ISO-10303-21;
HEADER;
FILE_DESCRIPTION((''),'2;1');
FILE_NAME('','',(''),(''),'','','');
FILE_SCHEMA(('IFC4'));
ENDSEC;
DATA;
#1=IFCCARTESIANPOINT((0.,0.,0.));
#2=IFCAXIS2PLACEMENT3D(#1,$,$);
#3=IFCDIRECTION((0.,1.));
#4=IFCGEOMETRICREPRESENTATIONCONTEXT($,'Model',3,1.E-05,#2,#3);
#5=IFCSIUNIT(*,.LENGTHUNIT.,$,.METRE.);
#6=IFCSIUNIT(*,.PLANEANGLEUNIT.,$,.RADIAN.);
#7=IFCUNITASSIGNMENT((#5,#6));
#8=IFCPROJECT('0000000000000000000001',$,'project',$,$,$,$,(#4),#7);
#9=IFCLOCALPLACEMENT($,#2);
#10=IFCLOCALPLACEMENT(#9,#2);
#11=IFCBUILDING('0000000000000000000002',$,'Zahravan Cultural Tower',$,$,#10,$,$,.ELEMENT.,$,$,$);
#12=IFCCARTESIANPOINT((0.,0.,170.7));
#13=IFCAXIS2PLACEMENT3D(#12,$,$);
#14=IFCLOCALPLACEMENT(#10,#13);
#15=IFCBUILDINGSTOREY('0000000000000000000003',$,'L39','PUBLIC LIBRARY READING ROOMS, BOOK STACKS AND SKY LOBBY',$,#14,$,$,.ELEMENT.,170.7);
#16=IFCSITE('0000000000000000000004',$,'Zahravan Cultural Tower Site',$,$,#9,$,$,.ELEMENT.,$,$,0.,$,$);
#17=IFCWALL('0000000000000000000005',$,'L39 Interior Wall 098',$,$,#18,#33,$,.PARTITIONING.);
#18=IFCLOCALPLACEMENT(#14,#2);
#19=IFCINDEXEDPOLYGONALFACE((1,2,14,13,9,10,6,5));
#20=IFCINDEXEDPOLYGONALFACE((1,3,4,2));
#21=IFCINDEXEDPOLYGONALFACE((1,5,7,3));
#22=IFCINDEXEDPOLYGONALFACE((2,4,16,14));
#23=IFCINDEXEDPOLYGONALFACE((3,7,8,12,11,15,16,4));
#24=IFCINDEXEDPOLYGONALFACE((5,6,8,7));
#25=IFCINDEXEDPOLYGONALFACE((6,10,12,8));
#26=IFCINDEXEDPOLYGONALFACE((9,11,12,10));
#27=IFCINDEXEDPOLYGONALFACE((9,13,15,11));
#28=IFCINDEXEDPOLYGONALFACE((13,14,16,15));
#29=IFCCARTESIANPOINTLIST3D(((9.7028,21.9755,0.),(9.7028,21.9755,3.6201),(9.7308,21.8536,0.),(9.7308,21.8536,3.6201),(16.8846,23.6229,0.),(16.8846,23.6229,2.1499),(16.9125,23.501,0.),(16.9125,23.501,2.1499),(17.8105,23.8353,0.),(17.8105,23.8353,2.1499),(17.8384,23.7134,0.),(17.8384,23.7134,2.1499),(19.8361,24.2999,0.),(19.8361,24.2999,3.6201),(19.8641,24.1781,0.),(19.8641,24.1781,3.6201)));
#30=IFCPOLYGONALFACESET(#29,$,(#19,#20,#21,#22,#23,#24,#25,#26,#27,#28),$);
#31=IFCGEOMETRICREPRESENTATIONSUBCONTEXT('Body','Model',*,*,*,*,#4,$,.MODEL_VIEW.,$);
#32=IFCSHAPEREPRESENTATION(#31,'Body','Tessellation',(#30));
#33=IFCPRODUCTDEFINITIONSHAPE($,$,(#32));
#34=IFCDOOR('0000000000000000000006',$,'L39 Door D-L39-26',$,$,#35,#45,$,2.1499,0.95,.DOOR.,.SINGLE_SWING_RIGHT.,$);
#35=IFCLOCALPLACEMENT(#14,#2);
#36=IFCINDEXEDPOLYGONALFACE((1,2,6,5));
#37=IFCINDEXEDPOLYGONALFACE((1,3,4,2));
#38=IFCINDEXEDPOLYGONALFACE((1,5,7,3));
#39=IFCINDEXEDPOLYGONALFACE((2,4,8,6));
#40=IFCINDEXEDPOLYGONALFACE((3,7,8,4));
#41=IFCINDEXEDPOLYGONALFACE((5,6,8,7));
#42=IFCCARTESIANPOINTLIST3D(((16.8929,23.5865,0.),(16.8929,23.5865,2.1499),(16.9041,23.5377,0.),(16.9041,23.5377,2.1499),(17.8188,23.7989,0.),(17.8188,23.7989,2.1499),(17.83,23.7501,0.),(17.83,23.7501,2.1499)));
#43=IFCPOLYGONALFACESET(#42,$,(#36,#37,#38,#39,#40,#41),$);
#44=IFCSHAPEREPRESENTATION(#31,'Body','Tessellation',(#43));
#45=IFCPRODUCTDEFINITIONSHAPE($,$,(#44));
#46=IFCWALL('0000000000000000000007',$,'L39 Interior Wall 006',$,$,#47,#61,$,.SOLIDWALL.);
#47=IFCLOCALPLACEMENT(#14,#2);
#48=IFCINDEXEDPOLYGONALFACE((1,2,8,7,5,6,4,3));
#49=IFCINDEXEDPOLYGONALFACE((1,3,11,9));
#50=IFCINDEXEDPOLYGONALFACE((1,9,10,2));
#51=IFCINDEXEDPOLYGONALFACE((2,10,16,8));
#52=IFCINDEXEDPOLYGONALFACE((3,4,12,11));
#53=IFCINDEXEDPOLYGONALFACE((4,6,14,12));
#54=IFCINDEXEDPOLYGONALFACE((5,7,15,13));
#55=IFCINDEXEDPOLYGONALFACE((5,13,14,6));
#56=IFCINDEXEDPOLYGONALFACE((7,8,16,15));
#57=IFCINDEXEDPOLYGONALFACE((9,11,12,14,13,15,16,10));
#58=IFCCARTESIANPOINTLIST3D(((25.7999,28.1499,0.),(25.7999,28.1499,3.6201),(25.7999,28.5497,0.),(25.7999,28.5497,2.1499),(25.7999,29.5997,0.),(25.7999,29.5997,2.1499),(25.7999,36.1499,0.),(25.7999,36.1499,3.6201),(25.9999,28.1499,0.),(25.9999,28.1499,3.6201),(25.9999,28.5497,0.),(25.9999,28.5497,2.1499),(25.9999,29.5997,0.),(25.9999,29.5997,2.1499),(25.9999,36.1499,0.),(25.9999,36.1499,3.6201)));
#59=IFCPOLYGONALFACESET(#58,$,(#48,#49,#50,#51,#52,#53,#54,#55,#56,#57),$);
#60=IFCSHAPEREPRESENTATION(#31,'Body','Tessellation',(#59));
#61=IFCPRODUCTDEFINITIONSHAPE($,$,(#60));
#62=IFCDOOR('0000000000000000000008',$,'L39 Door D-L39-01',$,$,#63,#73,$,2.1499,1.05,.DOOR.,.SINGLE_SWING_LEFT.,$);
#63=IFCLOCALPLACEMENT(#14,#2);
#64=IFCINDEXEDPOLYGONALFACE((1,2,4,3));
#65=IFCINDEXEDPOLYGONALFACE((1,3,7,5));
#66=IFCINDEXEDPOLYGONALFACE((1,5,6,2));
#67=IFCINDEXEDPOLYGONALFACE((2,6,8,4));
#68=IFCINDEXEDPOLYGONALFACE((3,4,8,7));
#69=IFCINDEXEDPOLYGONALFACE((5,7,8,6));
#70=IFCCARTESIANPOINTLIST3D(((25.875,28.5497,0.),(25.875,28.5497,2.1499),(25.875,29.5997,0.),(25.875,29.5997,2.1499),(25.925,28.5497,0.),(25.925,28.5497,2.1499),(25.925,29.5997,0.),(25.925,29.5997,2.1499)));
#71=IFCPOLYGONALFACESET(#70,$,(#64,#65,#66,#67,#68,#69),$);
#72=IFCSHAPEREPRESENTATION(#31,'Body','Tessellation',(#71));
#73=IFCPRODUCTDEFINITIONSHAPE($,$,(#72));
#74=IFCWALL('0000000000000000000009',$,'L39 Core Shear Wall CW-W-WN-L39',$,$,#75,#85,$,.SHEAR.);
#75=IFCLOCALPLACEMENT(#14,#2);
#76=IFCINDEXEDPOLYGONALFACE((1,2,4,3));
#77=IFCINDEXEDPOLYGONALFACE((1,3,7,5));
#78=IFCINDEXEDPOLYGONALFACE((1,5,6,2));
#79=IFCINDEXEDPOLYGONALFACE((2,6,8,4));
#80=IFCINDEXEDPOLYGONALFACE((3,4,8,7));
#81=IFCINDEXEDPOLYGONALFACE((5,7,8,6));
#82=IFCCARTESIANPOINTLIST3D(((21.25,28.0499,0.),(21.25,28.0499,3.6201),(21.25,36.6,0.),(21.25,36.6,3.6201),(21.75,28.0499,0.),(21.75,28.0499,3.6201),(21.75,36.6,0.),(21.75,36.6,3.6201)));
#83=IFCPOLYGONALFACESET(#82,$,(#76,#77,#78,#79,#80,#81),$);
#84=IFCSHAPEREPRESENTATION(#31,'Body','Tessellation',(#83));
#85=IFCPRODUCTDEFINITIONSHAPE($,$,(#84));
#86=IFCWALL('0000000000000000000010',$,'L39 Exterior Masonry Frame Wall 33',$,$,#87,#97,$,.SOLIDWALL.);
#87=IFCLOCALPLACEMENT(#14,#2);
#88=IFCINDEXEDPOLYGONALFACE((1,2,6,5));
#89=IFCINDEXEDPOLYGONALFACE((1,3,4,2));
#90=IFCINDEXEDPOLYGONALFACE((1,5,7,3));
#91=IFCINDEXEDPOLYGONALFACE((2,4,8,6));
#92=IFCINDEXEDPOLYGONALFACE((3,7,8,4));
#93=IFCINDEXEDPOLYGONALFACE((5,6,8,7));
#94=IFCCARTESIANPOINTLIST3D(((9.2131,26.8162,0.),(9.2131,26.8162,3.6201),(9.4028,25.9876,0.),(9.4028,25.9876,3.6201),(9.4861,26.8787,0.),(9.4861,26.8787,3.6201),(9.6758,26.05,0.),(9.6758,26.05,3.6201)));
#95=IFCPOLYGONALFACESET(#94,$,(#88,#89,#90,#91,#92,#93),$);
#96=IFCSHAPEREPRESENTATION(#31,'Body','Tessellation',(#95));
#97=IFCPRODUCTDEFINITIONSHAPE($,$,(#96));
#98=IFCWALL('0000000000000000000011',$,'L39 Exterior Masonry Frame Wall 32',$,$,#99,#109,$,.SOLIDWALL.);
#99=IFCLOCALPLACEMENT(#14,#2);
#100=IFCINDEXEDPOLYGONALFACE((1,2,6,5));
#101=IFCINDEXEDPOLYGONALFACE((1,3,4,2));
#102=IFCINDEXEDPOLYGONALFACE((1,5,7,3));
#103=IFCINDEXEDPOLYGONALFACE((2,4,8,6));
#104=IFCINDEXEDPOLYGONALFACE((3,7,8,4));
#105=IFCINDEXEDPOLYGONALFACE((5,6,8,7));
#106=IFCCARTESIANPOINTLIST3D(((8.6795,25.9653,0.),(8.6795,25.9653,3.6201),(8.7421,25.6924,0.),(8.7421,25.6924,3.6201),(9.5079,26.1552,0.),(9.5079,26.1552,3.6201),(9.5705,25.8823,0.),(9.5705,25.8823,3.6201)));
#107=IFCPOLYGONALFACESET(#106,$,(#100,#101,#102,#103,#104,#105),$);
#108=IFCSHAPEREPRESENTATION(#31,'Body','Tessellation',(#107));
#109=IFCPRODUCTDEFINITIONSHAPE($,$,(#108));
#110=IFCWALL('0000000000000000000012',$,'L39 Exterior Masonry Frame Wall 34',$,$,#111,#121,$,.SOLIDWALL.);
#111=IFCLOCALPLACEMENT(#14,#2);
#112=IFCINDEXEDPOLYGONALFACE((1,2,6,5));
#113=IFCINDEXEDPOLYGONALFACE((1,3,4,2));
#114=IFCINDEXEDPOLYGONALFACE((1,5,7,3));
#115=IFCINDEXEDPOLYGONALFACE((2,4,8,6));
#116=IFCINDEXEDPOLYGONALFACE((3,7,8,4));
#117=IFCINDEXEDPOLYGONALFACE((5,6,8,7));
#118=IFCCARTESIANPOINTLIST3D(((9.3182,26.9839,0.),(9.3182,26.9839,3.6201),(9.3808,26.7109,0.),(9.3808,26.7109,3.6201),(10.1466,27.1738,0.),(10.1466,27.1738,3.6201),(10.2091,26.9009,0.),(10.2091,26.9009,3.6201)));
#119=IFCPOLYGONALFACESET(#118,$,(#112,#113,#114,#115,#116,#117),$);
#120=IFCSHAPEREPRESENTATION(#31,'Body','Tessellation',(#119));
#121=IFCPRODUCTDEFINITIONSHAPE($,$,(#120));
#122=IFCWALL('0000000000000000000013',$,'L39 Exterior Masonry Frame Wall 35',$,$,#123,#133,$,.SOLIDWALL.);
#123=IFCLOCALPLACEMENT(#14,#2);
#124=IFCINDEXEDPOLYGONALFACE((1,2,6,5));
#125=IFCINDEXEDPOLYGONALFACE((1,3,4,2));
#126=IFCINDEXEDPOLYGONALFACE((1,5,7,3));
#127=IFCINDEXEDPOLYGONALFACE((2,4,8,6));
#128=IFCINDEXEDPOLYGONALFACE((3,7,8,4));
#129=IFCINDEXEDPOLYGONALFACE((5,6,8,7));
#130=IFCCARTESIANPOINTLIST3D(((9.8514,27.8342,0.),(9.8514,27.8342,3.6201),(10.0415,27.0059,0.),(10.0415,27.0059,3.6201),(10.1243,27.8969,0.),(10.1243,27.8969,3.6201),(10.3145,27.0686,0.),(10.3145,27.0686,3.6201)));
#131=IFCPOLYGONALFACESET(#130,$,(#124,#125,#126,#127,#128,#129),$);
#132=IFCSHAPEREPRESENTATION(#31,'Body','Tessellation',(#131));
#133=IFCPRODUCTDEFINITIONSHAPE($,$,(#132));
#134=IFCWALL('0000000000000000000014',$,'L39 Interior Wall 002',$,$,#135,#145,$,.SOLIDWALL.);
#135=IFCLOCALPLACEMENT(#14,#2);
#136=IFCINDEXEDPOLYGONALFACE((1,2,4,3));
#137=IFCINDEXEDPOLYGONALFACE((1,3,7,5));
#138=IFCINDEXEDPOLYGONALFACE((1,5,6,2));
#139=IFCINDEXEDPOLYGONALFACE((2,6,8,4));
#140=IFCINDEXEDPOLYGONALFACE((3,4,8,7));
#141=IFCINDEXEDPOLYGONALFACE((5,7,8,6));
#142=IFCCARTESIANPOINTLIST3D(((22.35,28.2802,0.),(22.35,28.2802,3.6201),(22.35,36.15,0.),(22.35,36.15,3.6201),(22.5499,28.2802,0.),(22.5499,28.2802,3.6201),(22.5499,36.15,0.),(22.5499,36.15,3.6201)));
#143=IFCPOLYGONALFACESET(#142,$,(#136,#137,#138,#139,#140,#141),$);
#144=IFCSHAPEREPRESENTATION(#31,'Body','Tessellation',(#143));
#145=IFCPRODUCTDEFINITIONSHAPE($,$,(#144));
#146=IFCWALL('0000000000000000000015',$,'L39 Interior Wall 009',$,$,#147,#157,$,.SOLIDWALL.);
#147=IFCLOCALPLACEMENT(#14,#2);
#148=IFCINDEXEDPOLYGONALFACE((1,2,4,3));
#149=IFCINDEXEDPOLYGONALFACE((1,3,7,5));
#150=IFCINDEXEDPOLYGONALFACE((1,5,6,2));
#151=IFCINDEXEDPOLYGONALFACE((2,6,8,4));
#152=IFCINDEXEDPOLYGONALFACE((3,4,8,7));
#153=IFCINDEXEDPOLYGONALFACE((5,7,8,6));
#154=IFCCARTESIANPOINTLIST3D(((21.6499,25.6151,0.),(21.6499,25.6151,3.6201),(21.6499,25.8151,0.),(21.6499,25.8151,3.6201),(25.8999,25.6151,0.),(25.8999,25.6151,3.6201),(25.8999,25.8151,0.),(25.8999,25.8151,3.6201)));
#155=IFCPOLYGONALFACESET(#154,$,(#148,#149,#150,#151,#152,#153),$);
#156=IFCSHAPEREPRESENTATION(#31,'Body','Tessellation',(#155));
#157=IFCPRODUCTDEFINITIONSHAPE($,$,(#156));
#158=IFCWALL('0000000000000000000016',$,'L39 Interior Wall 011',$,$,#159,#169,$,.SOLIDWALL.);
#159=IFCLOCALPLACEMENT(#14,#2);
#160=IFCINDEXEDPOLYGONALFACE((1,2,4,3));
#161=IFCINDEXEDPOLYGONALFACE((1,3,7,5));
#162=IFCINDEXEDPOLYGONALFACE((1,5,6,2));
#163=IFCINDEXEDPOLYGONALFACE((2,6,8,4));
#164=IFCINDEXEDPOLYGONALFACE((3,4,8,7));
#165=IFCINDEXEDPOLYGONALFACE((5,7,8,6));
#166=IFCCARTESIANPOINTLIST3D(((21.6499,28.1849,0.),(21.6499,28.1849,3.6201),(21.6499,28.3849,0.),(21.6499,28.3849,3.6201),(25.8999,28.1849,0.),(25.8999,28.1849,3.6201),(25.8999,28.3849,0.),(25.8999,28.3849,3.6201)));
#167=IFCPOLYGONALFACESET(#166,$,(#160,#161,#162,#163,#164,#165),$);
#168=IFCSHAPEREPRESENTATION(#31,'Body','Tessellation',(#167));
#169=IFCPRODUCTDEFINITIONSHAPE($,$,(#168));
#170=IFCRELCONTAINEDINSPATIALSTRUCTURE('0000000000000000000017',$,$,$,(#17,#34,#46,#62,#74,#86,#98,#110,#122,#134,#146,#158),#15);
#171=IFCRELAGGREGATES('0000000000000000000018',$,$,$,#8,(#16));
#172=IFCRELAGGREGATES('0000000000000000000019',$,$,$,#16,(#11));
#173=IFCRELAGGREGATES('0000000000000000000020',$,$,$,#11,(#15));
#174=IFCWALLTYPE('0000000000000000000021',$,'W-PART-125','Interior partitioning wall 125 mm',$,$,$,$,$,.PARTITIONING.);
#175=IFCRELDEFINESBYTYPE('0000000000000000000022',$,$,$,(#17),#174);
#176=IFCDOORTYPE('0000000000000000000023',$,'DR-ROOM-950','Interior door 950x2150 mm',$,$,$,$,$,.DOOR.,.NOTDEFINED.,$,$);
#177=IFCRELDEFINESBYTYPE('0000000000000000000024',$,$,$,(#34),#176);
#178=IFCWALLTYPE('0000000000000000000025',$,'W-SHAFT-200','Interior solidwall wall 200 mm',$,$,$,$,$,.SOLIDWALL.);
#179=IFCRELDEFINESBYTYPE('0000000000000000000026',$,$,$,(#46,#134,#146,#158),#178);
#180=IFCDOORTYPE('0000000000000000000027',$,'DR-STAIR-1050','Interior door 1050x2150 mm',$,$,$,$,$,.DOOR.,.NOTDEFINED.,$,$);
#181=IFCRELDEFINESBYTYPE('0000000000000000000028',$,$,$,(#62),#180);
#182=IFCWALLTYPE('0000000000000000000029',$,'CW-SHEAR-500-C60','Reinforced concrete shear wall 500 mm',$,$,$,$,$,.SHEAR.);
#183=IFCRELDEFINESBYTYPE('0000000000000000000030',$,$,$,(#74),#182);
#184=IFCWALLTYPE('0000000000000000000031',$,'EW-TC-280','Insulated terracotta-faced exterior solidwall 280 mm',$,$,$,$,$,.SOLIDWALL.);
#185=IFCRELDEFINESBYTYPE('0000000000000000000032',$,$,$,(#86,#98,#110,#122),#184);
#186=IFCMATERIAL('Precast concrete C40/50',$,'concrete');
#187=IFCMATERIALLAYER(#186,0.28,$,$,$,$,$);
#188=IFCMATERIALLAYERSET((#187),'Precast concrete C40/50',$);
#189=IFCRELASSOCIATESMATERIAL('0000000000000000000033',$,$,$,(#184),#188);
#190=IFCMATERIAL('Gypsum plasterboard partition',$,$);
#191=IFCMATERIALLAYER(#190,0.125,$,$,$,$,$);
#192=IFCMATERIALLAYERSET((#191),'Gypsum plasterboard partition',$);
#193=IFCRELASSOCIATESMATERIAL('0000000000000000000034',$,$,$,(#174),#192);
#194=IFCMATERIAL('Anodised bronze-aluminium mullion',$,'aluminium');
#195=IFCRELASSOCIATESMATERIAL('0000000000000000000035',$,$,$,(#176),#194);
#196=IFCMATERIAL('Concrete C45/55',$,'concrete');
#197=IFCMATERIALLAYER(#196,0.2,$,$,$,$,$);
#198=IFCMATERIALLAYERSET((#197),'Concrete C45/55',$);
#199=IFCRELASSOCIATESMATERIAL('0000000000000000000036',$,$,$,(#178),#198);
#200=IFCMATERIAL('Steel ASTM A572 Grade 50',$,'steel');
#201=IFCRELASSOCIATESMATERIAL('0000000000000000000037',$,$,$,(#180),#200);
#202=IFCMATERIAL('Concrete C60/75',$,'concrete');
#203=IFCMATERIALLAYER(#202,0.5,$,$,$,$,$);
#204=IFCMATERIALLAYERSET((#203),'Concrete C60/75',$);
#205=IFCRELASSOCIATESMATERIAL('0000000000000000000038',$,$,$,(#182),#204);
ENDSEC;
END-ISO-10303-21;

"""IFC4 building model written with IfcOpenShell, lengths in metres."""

from ifc_helpers import new_model, si_unit, direction, frame, frame_2d, origin, place, context, subcontext, project, spatial, rectangle, extrude, source, transform, mapped, material, layer, layer_set, type_object, element, fill, save


model = new_model("IFC4")

# Units and contexts
model_context = context("Model", 3, precision=1e-05, world=origin(), true_north=direction((0.0, 1.0)))
body_context = subcontext(model_context, "Body", "Model", "MODEL_VIEW")
ifc_project = project(units=[si_unit("LENGTHUNIT", "METRE"), si_unit("PLANEANGLEUNIT", "RADIAN")], contexts=[model_context])

# Site, building, storey
site_placement = place(None, origin())
site = spatial("IfcSite", under=ifc_project, at=site_placement, Name="Zahravan Cultural Tower Site", CompositionType="ELEMENT", RefElevation=0.0)
building_placement = place(site_placement, origin())
building = spatial("IfcBuilding", under=site, at=building_placement, Name="Zahravan Cultural Tower", CompositionType="ELEMENT")
storey_placement = place(building_placement, frame((0.0, 0.0, 170.7)))
storey = spatial("IfcBuildingStorey", under=building, at=storey_placement, Name="L39", Description="PUBLIC LIBRARY READING ROOMS, BOOK STACKS AND SKY LOBBY", CompositionType="ELEMENT", Elevation=170.7)

# Shared definitions
ifc_material_1 = material(Name="Anodised bronze-aluminium mullion", Category="aluminium")

# Shared definitions
ifc_material_2 = material(Name="Precast concrete C40/50", Category="concrete")
ifc_layer_1 = layer(ifc_material_2, 0.28)
ifc_layer_set_1 = layer_set([ifc_layer_1], Name="Precast concrete C40/50")
wall_type_1 = type_object("IfcWallType", Name="EW-TC-280", Description="Insulated terracotta-faced exterior solidwall 280 mm", PredefinedType="SOLIDWALL", material=ifc_layer_set_1)

# Walls, openings, doors
ifc_material_3 = material(Name="Gypsum plasterboard partition")
ifc_layer_2 = layer(ifc_material_3, 0.125)
ifc_layer_set_2 = layer_set([ifc_layer_2], Name="Gypsum plasterboard partition")
wall_type_2 = type_object("IfcWallType", Name="W-PART-125", Description="Interior partitioning wall 125 mm", PredefinedType="PARTITIONING", material=ifc_layer_set_2)
wall_1_placement = place(storey_placement, frame((19.8501, 24.239, 0.0), z_axis=(0.0, 0.0, 1.0), x_axis=(-0.974685, -0.223582, 0.0)))
wall_1 = element("IfcWall", 1, at=wall_1_placement, inside=storey, type_object=wall_type_2, Name="L39 Interior Wall 098", PredefinedType="PARTITIONING", context=body_context, shape_type="SweptSolid", body=[
    extrude(rectangle(XDim=10.3965, YDim=0.125, at=frame_2d((5.1982, 0.0))), origin(), (0.0, 0.0, 1.0), 3.6201),
])
opening_1_placement = place(wall_1_placement, frame((2.0781, 0.0, 0.0)))
opening_1 = element("IfcOpeningElement", 2, at=opening_1_placement, cuts=wall_1, PredefinedType="OPENING", context=body_context, shape_type="SweptSolid", body=[
    extrude(rectangle(XDim=0.95, YDim=2.1499, at=frame_2d((0.4751, 1.075))), frame((0.0, 0.0725, 0.0), z_axis=(0.0, -1.0, 0.0), x_axis=(1.0, 0.0, 0.0)), (0.0, 0.0, 1.0), 0.145),
])
door_type_1 = type_object("IfcDoorType", Name="DR-ROOM-950", Description="Interior door 950x2150 mm", OperationType="NOTDEFINED", PredefinedType="DOOR", material=ifc_material_1)
shared_shape_1 = source(origin(), body_context, "Body", "SweptSolid", [
    extrude(rectangle(XDim=0.95, YDim=2.1499, at=frame_2d((0.4751, 1.075))), frame((0.0, 0.0249, 0.0), z_axis=(0.0, -1.0, 0.0), x_axis=(1.0, 0.0, 0.0)), (0.0, 0.0, 1.0), 0.05),
])
door_1_placement = place(opening_1_placement, origin())
door_1 = element("IfcDoor", 3, at=door_1_placement, inside=storey, type_object=door_type_1, Name="L39 Door D-L39-26", OperationType="SINGLE_SWING_RIGHT", OverallHeight=2.1499, OverallWidth=0.95, PredefinedType="DOOR", context=body_context, shape_type="MappedRepresentation", body=[
    mapped(shared_shape_1, transform((0.0, 0.0, 0.0), x_axis=(1.0, 0.0, 0.0), y_axis=(0.0, 1.0, 0.0), z_axis=(0.0, 0.0, 1.0), scale=1.0)),
])
fill(opening_1, door_1)
ifc_material_4 = material(Name="Concrete C45/55", Category="concrete")
ifc_layer_3 = layer(ifc_material_4, 0.2)
ifc_layer_set_3 = layer_set([ifc_layer_3], Name="Concrete C45/55")
wall_type_3 = type_object("IfcWallType", Name="W-SHAFT-200", Description="Interior solidwall wall 200 mm", PredefinedType="SOLIDWALL", material=ifc_layer_set_3)
wall_2_placement = place(storey_placement, frame((25.8999, 28.1499, 0.0), z_axis=(0.0, 0.0, 1.0), x_axis=(0.0, 1.0, 0.0)))
wall_2 = element("IfcWall", 4, at=wall_2_placement, inside=storey, type_object=wall_type_3, Name="L39 Interior Wall 006", PredefinedType="SOLIDWALL", context=body_context, shape_type="SweptSolid", body=[
    extrude(rectangle(XDim=8.0, YDim=0.2, at=frame_2d((4.0, 0.0))), origin(), (0.0, 0.0, 1.0), 3.6201),
])
opening_2_placement = place(wall_2_placement, frame((0.3999, 0.0, 0.0)))
opening_2 = element("IfcOpeningElement", 5, at=opening_2_placement, cuts=wall_2, PredefinedType="OPENING", context=body_context, shape_type="SweptSolid", body=[
    extrude(rectangle(XDim=1.05, YDim=2.1499, at=frame_2d((0.5249, 1.075))), frame((0.0, 0.1099, 0.0), z_axis=(0.0, -1.0, 0.0), x_axis=(1.0, 0.0, 0.0)), (0.0, 0.0, 1.0), 0.22),
])
ifc_material_5 = material(Name="Steel ASTM A572 Grade 50", Category="steel")
door_type_2 = type_object("IfcDoorType", Name="DR-STAIR-1050", Description="Interior door 1050x2150 mm", OperationType="NOTDEFINED", PredefinedType="DOOR", material=ifc_material_5)
shared_shape_2 = source(origin(), body_context, "Body", "SweptSolid", [
    extrude(rectangle(XDim=1.05, YDim=2.1499, at=frame_2d((0.5249, 1.075))), frame((0.0, 0.0249, 0.0), z_axis=(0.0, -1.0, 0.0), x_axis=(1.0, 0.0, 0.0)), (0.0, 0.0, 1.0), 0.05),
])
door_2_placement = place(opening_2_placement, origin())
door_2 = element("IfcDoor", 6, at=door_2_placement, inside=storey, type_object=door_type_2, Name="L39 Door D-L39-01", OperationType="SINGLE_SWING_LEFT", OverallHeight=2.1499, OverallWidth=1.05, PredefinedType="DOOR", context=body_context, shape_type="MappedRepresentation", body=[
    mapped(shared_shape_2, transform((0.0, 0.0, 0.0), x_axis=(1.0, 0.0, 0.0), y_axis=(0.0, 1.0, 0.0), z_axis=(0.0, 0.0, 1.0), scale=1.0)),
])
fill(opening_2, door_2)

# Walls
ifc_material_6 = material(Name="Concrete C60/75", Category="concrete")
ifc_layer_4 = layer(ifc_material_6, 0.5)
ifc_layer_set_4 = layer_set([ifc_layer_4], Name="Concrete C60/75")
wall_type_4 = type_object("IfcWallType", Name="CW-SHEAR-500-C60", Description="Reinforced concrete shear wall 500 mm", PredefinedType="SHEAR", material=ifc_layer_set_4)
shared_shape_3 = source(origin(), body_context, "Body", "SweptSolid", [
    extrude(rectangle(XDim=8.55, YDim=0.5, at=frame_2d((4.2749, 0.0))), origin(), (0.0, 0.0, 1.0), 3.6201),
])
wall_3_placement = place(storey_placement, frame((21.5, 28.05, 0.0), z_axis=(0.0, 0.0, 1.0), x_axis=(0.0, 1.0, 0.0)))
element("IfcWall", 7, at=wall_3_placement, inside=storey, type_object=wall_type_4, Name="L39 Core Shear Wall CW-W-WN-L39", PredefinedType="SHEAR", context=body_context, shape_type="MappedRepresentation", body=[
    mapped(shared_shape_3, transform((0.0, 0.0, 0.0), x_axis=(1.0, 0.0, 0.0), y_axis=(0.0, 1.0, 0.0), z_axis=(0.0, 0.0, 1.0), scale=1.0)),
])
shared_shape_4 = source(origin(), body_context, "Body", "SweptSolid", [
    extrude(rectangle(XDim=0.8501, YDim=0.28, at=frame_2d((0.425, 0.0))), origin(), (0.0, 0.0, 1.0), 3.6201),
])
wall_4_placement = place(storey_placement, frame((9.5393, 26.0188, 0.0), z_axis=(0.0, 0.0, 1.0), x_axis=(-0.22316, 0.974782, 0.0)))
element("IfcWall", 8, at=wall_4_placement, inside=storey, type_object=wall_type_1, Name="L39 Exterior Masonry Frame Wall 33", PredefinedType="SOLIDWALL", context=body_context, shape_type="MappedRepresentation", body=[
    mapped(shared_shape_4, transform((0.0, 0.0, 0.0), x_axis=(1.0, 0.0, 0.0), y_axis=(0.0, 1.0, 0.0), z_axis=(0.0, 0.0, 1.0), scale=1.0)),
])
shared_shape_5 = source(origin(), body_context, "Body", "SweptSolid", [
    extrude(rectangle(XDim=0.8499, YDim=0.28, at=frame_2d((0.4248, 0.0))), origin(), (0.0, 0.0, 1.0), 3.6201),
])
for number, where, z_axis, x_axis, name in (
    (9, (8.7109, 25.8289, 0.0), (0.0, 0.0, 1.0), (0.974705, 0.223496, 0.0), "L39 Exterior Masonry Frame Wall 32"),
    (10, (9.3496, 26.8474, 0.0), (0.0, 0.0, 1.0), (0.974705, 0.223496, 0.0), "L39 Exterior Masonry Frame Wall 34"),
    (11, (10.178, 27.0374, 0.0), (0.0, 0.0, 1.0), (-0.223768, 0.974642, 0.0), "L39 Exterior Masonry Frame Wall 35"),
):
    element("IfcWall", number, at=place(storey_placement, frame(where, z_axis=z_axis, x_axis=x_axis)), inside=storey, type_object=wall_type_1, Name=name, PredefinedType="SOLIDWALL", context=body_context, shape_type="MappedRepresentation", body=[
        mapped(shared_shape_5, transform((0.0, 0.0, 0.0), x_axis=(1.0, 0.0, 0.0), y_axis=(0.0, 1.0, 0.0), z_axis=(0.0, 0.0, 1.0), scale=1.0)),
    ])
shared_shape_6 = source(origin(), body_context, "Body", "SweptSolid", [
    extrude(rectangle(XDim=7.8699, YDim=0.2, at=frame_2d((3.9351, 0.0))), origin(), (0.0, 0.0, 1.0), 3.6201),
])
wall_5_placement = place(storey_placement, frame((22.45, 28.28, 0.0), z_axis=(0.0, 0.0, 1.0), x_axis=(0.0, 1.0, 0.0)))
element("IfcWall", 12, at=wall_5_placement, inside=storey, type_object=wall_type_3, Name="L39 Interior Wall 002", PredefinedType="SOLIDWALL", context=body_context, shape_type="MappedRepresentation", body=[
    mapped(shared_shape_6, transform((0.0, 0.0, 0.0), x_axis=(1.0, 0.0, 0.0), y_axis=(0.0, 1.0, 0.0), z_axis=(0.0, 0.0, 1.0), scale=1.0)),
])
shared_shape_7 = source(origin(), body_context, "Body", "SweptSolid", [
    extrude(rectangle(XDim=4.25, YDim=0.2, at=frame_2d((2.125, 0.0))), origin(), (0.0, 0.0, 1.0), 3.6201),
])
for number, where, z_axis, x_axis, name in (
    (13, (21.6499, 25.7151, 0.0), (0.0, 0.0, 1.0), (1.0, 0.0, 0.0), "L39 Interior Wall 009"),
    (14, (21.6499, 28.2849, 0.0), (0.0, 0.0, 1.0), (1.0, 0.0, 0.0), "L39 Interior Wall 011"),
):
    element("IfcWall", number, at=place(storey_placement, frame(where, z_axis=z_axis, x_axis=x_axis)), inside=storey, type_object=wall_type_3, Name=name, PredefinedType="SOLIDWALL", context=body_context, shape_type="MappedRepresentation", body=[
        mapped(shared_shape_7, transform((0.0, 0.0, 0.0), x_axis=(1.0, 0.0, 0.0), y_axis=(0.0, 1.0, 0.0), z_axis=(0.0, 0.0, 1.0), scale=1.0)),
    ])

save(model, "model.ifc")
